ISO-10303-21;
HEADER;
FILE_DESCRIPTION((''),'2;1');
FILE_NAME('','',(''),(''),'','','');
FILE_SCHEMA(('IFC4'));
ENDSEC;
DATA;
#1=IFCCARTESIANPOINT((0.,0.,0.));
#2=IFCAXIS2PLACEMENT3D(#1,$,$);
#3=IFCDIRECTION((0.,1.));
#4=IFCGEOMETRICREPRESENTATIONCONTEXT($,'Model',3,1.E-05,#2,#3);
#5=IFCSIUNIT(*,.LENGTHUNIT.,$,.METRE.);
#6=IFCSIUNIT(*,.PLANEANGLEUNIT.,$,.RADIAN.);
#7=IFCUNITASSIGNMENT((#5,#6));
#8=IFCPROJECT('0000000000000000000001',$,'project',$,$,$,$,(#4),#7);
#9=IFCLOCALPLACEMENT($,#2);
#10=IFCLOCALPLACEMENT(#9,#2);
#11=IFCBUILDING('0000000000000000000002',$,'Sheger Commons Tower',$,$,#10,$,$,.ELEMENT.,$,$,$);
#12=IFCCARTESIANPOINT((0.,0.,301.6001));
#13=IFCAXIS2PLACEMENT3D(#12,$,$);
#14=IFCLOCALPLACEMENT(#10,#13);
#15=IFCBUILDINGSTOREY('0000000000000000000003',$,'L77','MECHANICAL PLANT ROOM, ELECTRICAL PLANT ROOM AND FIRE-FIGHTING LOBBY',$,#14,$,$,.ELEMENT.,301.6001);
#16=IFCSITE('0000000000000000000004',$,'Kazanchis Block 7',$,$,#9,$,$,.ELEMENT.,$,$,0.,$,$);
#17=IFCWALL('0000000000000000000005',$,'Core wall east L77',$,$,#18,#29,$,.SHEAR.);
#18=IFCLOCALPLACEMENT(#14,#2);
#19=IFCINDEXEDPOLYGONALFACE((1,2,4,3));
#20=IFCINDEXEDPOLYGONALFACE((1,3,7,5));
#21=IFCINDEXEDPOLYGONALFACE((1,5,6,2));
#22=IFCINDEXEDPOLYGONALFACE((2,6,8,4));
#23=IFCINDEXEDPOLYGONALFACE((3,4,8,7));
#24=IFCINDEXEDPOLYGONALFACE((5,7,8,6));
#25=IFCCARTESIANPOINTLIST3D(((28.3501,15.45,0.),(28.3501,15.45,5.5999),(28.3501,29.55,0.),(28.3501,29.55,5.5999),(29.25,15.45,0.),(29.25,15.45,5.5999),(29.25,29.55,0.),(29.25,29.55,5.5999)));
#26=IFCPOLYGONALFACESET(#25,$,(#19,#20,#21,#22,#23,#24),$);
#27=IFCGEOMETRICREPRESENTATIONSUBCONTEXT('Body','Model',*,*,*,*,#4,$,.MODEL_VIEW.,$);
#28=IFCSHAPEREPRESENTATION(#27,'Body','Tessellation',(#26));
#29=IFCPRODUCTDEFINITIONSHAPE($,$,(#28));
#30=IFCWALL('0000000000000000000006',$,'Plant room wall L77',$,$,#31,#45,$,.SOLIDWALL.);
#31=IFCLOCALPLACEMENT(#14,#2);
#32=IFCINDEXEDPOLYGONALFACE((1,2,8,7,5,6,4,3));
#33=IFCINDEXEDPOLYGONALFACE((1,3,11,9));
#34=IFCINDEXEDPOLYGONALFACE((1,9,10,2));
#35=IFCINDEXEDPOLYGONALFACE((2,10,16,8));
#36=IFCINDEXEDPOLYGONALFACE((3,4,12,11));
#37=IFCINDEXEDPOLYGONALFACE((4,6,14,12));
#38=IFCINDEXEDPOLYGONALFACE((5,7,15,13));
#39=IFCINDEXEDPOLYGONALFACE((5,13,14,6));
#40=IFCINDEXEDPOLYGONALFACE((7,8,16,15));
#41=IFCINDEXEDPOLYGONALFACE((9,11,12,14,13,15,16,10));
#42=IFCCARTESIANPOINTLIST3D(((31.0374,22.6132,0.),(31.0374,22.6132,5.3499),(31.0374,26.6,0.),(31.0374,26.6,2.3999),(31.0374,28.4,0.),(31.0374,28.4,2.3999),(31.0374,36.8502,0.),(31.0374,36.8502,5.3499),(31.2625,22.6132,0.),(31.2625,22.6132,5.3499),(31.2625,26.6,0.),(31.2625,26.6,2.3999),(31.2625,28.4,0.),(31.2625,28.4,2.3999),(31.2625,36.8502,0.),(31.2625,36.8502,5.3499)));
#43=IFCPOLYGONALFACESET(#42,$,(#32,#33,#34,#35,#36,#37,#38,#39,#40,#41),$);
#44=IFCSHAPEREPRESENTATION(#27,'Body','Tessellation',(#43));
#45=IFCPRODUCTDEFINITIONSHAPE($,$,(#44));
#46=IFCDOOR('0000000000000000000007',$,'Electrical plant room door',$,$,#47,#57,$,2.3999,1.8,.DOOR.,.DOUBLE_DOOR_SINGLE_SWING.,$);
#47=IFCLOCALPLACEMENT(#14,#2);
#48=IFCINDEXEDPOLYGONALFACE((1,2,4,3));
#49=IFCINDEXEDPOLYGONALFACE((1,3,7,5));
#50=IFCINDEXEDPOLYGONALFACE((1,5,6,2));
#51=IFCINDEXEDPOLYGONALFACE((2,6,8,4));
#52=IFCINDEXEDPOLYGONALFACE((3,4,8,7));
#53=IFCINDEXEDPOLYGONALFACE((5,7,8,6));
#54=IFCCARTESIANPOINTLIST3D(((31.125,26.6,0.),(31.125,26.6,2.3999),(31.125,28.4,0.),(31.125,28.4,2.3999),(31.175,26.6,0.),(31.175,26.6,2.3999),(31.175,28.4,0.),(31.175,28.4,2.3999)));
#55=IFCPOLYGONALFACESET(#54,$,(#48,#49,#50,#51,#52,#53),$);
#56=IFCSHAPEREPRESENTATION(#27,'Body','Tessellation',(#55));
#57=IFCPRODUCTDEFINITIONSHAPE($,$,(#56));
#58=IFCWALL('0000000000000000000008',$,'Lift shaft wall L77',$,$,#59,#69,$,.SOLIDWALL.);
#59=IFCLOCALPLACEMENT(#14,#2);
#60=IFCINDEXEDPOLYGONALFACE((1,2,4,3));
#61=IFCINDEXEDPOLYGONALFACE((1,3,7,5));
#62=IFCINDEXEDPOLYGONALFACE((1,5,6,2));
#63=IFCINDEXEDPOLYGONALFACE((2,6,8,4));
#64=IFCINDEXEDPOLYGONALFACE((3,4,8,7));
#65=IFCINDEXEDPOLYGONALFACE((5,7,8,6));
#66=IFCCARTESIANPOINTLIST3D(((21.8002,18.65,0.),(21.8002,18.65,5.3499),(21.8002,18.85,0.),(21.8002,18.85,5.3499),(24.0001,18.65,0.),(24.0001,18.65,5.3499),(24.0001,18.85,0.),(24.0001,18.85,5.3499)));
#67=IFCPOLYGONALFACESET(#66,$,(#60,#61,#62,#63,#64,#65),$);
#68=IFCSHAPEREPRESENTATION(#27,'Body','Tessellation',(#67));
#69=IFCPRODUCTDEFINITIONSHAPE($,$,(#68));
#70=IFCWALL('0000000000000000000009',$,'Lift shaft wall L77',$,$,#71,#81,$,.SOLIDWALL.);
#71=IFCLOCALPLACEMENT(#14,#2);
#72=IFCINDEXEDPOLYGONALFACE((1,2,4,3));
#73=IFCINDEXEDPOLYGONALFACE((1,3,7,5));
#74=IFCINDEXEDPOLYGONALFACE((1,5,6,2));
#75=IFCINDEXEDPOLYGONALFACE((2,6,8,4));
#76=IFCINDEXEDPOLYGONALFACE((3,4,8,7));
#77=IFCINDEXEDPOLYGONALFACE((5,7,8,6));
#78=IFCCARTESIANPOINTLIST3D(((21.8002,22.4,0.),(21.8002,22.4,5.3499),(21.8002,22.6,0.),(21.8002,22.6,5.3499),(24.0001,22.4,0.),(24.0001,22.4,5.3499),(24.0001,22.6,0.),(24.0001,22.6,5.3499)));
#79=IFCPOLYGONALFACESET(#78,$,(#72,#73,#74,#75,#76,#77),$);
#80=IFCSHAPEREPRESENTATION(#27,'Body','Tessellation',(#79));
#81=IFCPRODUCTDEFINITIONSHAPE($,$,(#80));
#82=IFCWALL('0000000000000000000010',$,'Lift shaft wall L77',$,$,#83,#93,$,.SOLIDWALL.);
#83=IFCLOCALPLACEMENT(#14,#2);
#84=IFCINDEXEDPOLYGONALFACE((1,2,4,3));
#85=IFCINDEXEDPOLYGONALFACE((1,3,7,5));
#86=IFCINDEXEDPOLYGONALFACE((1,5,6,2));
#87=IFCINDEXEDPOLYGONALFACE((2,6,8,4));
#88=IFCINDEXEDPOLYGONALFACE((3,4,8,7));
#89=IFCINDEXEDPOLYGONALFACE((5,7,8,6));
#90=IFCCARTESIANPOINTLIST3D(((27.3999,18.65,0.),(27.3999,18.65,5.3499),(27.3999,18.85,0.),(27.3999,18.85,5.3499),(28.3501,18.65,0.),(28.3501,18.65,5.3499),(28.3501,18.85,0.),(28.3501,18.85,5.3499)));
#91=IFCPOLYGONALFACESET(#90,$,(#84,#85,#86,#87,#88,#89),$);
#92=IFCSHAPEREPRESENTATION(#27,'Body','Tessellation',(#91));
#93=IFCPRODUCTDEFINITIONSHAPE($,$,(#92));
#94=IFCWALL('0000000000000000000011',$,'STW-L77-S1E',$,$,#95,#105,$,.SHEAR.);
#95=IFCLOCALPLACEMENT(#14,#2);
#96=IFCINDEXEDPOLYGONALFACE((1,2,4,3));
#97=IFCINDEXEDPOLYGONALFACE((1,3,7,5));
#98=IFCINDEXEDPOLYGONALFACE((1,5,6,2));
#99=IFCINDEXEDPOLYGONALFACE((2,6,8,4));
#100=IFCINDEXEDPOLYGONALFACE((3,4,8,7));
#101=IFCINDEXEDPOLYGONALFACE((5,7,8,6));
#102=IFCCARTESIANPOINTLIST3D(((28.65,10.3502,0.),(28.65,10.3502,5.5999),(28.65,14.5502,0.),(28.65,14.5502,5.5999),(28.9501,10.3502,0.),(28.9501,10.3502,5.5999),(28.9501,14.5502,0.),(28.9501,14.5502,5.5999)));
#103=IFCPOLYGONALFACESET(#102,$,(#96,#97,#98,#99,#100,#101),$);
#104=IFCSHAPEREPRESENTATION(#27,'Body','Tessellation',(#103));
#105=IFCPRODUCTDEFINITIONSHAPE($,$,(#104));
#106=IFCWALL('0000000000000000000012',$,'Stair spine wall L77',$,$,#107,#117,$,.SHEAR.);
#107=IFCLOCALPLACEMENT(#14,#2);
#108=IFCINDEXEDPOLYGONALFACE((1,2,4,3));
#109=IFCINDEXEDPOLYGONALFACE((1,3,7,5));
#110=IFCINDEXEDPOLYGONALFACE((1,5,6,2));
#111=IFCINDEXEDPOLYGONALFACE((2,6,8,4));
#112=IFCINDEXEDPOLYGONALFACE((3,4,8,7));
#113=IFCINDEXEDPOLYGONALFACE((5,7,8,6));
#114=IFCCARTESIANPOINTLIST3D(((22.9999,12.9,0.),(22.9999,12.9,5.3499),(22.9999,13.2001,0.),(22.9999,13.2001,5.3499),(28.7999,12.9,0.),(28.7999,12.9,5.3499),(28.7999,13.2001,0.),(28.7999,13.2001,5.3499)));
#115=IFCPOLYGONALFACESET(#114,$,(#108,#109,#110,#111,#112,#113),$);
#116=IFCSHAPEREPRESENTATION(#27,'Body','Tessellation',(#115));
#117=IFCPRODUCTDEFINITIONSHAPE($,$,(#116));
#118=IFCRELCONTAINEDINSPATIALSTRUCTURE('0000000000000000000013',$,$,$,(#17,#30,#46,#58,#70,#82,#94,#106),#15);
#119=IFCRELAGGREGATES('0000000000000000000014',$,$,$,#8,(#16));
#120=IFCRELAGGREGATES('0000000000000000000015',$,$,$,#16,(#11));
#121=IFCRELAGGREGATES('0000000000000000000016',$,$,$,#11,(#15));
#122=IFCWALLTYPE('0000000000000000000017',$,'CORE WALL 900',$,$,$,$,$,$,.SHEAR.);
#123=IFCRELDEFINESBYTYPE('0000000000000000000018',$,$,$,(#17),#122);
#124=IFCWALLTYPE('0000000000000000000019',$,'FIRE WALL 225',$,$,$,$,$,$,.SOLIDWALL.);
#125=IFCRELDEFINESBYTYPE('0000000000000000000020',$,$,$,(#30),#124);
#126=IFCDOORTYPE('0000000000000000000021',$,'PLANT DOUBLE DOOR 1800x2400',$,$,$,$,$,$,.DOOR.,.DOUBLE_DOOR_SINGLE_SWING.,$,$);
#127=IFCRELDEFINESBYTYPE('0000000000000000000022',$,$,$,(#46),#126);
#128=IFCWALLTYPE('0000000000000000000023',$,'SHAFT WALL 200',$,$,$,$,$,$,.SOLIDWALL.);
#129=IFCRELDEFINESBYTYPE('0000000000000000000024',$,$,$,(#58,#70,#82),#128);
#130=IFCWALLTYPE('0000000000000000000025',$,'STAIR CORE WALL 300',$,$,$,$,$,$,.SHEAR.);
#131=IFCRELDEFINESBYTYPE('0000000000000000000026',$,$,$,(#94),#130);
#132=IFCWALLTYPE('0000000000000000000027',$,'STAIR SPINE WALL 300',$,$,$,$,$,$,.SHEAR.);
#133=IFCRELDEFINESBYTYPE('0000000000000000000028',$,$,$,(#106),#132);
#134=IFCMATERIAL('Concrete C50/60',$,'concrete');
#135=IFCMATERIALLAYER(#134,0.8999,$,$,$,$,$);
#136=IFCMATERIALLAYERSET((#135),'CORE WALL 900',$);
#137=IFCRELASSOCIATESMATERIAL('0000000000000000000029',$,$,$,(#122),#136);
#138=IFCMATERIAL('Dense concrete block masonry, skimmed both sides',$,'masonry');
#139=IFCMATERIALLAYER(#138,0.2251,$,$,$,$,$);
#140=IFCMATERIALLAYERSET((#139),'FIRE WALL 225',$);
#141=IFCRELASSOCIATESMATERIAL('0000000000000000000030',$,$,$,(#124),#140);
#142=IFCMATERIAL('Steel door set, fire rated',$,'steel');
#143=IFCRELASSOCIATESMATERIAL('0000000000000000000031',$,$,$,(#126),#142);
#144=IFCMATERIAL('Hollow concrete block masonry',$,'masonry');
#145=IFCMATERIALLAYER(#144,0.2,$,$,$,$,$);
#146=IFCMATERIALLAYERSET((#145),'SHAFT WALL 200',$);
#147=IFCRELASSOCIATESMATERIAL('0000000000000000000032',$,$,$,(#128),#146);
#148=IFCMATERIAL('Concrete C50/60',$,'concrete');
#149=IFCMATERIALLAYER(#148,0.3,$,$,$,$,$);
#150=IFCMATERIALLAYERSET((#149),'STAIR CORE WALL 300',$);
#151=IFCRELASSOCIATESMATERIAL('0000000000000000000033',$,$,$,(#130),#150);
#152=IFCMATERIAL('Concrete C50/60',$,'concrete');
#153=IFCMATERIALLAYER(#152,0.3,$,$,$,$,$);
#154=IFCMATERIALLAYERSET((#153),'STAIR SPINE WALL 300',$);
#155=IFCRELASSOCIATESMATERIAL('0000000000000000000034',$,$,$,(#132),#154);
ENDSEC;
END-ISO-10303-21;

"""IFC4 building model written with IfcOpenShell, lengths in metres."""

from ifc_helpers import new_model, si_unit, direction, frame, frame_2d, origin, place, context, subcontext, project, spatial, rectangle, extrude, material, layer, layer_set, type_object, element, fill, save


model = new_model("IFC4")

# Units and contexts
model_context = context("Model", 3, precision=1e-05, world=origin(), true_north=direction((0.0, 1.0)))
body_context = subcontext(model_context, "Body", "Model", "MODEL_VIEW")
ifc_project = project(units=[si_unit("LENGTHUNIT", "METRE"), si_unit("PLANEANGLEUNIT", "RADIAN")], contexts=[model_context])

# Site, building, storey
site_placement = place(None, origin())
site = spatial("IfcSite", under=ifc_project, at=site_placement, Name="Kazanchis Block 7", CompositionType="ELEMENT", RefElevation=0.0)
building_placement = place(site_placement, origin())
building = spatial("IfcBuilding", under=site, at=building_placement, Name="Sheger Commons Tower", CompositionType="ELEMENT")
storey_placement = place(building_placement, frame((0.0, 0.0, 301.6001)))
storey = spatial("IfcBuildingStorey", under=building, at=storey_placement, Name="L77", Description="MECHANICAL PLANT ROOM, ELECTRICAL PLANT ROOM AND FIRE-FIGHTING LOBBY", CompositionType="ELEMENT", Elevation=301.6001)

# Wall
ifc_material_1 = material(Name="Concrete C50/60", Category="concrete")
ifc_layer_1 = layer(ifc_material_1, 0.8999)
ifc_layer_set_1 = layer_set([ifc_layer_1], Name="CORE WALL 900")
wall_type_1 = type_object("IfcWallType", Name="CORE WALL 900", PredefinedType="SHEAR", material=ifc_layer_set_1)
wall_1_placement = place(storey_placement, frame((28.8, 15.45, 0.0), z_axis=(0.0, 0.0, 1.0), x_axis=(0.0, 1.0, 0.0)))
element("IfcWall", 1, at=wall_1_placement, inside=storey, type_object=wall_type_1, Name="Core wall east L77", PredefinedType="SHEAR", context=body_context, shape_type="SweptSolid", body=[
    extrude(rectangle(XDim=14.1001, YDim=0.8999, at=frame_2d((7.05, 0.0))), origin(), (0.0, 0.0, 1.0), 5.5999),
])

# Wall, opening, door
ifc_material_2 = material(Name="Dense concrete block masonry, skimmed both sides", Category="masonry")
ifc_layer_2 = layer(ifc_material_2, 0.2251)
ifc_layer_set_2 = layer_set([ifc_layer_2], Name="FIRE WALL 225")
wall_type_2 = type_object("IfcWallType", Name="FIRE WALL 225", PredefinedType="SOLIDWALL", material=ifc_layer_set_2)
ifc_material_3 = material(Name="Steel door set, fire rated", Category="steel")
door_type_1 = type_object("IfcDoorType", Name="PLANT DOUBLE DOOR 1800x2400", OperationType="DOUBLE_DOOR_SINGLE_SWING", PredefinedType="DOOR", material=ifc_material_3)
wall_2_placement = place(storey_placement, frame((31.1499, 22.613, 0.0), z_axis=(0.0, 0.0, 1.0), x_axis=(0.0, 1.0, 0.0)))
wall_2 = element("IfcWall", 2, at=wall_2_placement, inside=storey, type_object=wall_type_2, Name="Plant room wall L77", PredefinedType="SOLIDWALL", context=body_context, shape_type="SweptSolid", body=[
    extrude(rectangle(XDim=14.2371, YDim=0.2251, at=frame_2d((7.1187, 0.0))), origin(), (0.0, 0.0, 1.0), 5.3499),
])
opening_1_placement = place(wall_2_placement, frame((3.9871, 0.0, 0.0)))
opening_1 = element("IfcOpeningElement", 3, at=opening_1_placement, cuts=wall_2, PredefinedType="OPENING", context=body_context, shape_type="SweptSolid", body=[
    extrude(rectangle(XDim=1.8, YDim=2.3999, at=frame_2d((0.8999, 1.2))), frame((0.0, 0.1226, 0.0), z_axis=(0.0, -1.0, 0.0), x_axis=(1.0, 0.0, 0.0)), (0.0, 0.0, 1.0), 0.2451),
])
door_1_placement = place(opening_1_placement, origin())
door_1 = element("IfcDoor", 4, at=door_1_placement, inside=storey, type_object=door_type_1, Name="Electrical plant room door", OperationType="DOUBLE_DOOR_SINGLE_SWING", OverallHeight=2.3999, OverallWidth=1.8, PredefinedType="DOOR", context=body_context, shape_type="SweptSolid", body=[
    extrude(rectangle(XDim=1.8, YDim=2.3999, at=frame_2d((0.8999, 1.2))), frame((0.0, 0.0249, 0.0), z_axis=(0.0, -1.0, 0.0), x_axis=(1.0, 0.0, 0.0)), (0.0, 0.0, 1.0), 0.05),
])
fill(opening_1, door_1)

# Walls
ifc_material_4 = material(Name="Hollow concrete block masonry", Category="masonry")
ifc_layer_3 = layer(ifc_material_4, 0.2)
ifc_layer_set_3 = layer_set([ifc_layer_3], Name="SHAFT WALL 200")
wall_type_3 = type_object("IfcWallType", Name="SHAFT WALL 200", PredefinedType="SOLIDWALL", material=ifc_layer_set_3)
for number, where, z_axis, x_axis, name in (
    (5, (21.8, 18.75, 0.0), (0.0, 0.0, 1.0), (1.0, 0.0, 0.0), "Lift shaft wall L77"),
    (6, (21.8, 22.5, 0.0), (0.0, 0.0, 1.0), (1.0, 0.0, 0.0), "Lift shaft wall L77"),
):
    element("IfcWall", number, at=place(storey_placement, frame(where, z_axis=z_axis, x_axis=x_axis)), inside=storey, type_object=wall_type_3, Name=name, PredefinedType="SOLIDWALL", context=body_context, shape_type="SweptSolid", body=[
        extrude(rectangle(XDim=2.2, YDim=0.2, at=frame_2d((1.1001, 0.0))), origin(), (0.0, 0.0, 1.0), 5.3499),
    ])
wall_3_placement = place(storey_placement, frame((27.3999, 18.75, 0.0), z_axis=(0.0, 0.0, 1.0), x_axis=(1.0, 0.0, 0.0)))
element("IfcWall", 7, at=wall_3_placement, inside=storey, type_object=wall_type_3, Name="Lift shaft wall L77", PredefinedType="SOLIDWALL", context=body_context, shape_type="SweptSolid", body=[
    extrude(rectangle(XDim=0.9502, YDim=0.2, at=frame_2d((0.4751, 0.0))), origin(), (0.0, 0.0, 1.0), 5.3499),
])
ifc_material_5 = material(Name="Concrete C50/60", Category="concrete")
ifc_layer_4 = layer(ifc_material_5, 0.3)
ifc_layer_set_4 = layer_set([ifc_layer_4], Name="STAIR CORE WALL 300")
wall_type_4 = type_object("IfcWallType", Name="STAIR CORE WALL 300", PredefinedType="SHEAR", material=ifc_layer_set_4)
wall_4_placement = place(storey_placement, frame((28.8, 10.3501, 0.0), z_axis=(0.0, 0.0, 1.0), x_axis=(0.0, 1.0, 0.0)))
element("IfcWall", 8, at=wall_4_placement, inside=storey, type_object=wall_type_4, Name="STW-L77-S1E", PredefinedType="SHEAR", context=body_context, shape_type="SweptSolid", body=[
    extrude(rectangle(XDim=4.2, YDim=0.3, at=frame_2d((2.1001, 0.0))), origin(), (0.0, 0.0, 1.0), 5.5999),
])
ifc_material_6 = material(Name="Concrete C50/60", Category="concrete")
ifc_layer_5 = layer(ifc_material_6, 0.3)
ifc_layer_set_5 = layer_set([ifc_layer_5], Name="STAIR SPINE WALL 300")
wall_type_5 = type_object("IfcWallType", Name="STAIR SPINE WALL 300", PredefinedType="SHEAR", material=ifc_layer_set_5)
wall_5_placement = place(storey_placement, frame((23.0, 13.05, 0.0), z_axis=(0.0, 0.0, 1.0), x_axis=(1.0, 0.0, 0.0)))
element("IfcWall", 9, at=wall_5_placement, inside=storey, type_object=wall_type_5, Name="Stair spine wall L77", PredefinedType="SHEAR", context=body_context, shape_type="SweptSolid", body=[
    extrude(rectangle(XDim=5.8, YDim=0.3, at=frame_2d((2.8999, 0.0))), origin(), (0.0, 0.0, 1.0), 5.3499),
])

save(model, "model.ifc")
